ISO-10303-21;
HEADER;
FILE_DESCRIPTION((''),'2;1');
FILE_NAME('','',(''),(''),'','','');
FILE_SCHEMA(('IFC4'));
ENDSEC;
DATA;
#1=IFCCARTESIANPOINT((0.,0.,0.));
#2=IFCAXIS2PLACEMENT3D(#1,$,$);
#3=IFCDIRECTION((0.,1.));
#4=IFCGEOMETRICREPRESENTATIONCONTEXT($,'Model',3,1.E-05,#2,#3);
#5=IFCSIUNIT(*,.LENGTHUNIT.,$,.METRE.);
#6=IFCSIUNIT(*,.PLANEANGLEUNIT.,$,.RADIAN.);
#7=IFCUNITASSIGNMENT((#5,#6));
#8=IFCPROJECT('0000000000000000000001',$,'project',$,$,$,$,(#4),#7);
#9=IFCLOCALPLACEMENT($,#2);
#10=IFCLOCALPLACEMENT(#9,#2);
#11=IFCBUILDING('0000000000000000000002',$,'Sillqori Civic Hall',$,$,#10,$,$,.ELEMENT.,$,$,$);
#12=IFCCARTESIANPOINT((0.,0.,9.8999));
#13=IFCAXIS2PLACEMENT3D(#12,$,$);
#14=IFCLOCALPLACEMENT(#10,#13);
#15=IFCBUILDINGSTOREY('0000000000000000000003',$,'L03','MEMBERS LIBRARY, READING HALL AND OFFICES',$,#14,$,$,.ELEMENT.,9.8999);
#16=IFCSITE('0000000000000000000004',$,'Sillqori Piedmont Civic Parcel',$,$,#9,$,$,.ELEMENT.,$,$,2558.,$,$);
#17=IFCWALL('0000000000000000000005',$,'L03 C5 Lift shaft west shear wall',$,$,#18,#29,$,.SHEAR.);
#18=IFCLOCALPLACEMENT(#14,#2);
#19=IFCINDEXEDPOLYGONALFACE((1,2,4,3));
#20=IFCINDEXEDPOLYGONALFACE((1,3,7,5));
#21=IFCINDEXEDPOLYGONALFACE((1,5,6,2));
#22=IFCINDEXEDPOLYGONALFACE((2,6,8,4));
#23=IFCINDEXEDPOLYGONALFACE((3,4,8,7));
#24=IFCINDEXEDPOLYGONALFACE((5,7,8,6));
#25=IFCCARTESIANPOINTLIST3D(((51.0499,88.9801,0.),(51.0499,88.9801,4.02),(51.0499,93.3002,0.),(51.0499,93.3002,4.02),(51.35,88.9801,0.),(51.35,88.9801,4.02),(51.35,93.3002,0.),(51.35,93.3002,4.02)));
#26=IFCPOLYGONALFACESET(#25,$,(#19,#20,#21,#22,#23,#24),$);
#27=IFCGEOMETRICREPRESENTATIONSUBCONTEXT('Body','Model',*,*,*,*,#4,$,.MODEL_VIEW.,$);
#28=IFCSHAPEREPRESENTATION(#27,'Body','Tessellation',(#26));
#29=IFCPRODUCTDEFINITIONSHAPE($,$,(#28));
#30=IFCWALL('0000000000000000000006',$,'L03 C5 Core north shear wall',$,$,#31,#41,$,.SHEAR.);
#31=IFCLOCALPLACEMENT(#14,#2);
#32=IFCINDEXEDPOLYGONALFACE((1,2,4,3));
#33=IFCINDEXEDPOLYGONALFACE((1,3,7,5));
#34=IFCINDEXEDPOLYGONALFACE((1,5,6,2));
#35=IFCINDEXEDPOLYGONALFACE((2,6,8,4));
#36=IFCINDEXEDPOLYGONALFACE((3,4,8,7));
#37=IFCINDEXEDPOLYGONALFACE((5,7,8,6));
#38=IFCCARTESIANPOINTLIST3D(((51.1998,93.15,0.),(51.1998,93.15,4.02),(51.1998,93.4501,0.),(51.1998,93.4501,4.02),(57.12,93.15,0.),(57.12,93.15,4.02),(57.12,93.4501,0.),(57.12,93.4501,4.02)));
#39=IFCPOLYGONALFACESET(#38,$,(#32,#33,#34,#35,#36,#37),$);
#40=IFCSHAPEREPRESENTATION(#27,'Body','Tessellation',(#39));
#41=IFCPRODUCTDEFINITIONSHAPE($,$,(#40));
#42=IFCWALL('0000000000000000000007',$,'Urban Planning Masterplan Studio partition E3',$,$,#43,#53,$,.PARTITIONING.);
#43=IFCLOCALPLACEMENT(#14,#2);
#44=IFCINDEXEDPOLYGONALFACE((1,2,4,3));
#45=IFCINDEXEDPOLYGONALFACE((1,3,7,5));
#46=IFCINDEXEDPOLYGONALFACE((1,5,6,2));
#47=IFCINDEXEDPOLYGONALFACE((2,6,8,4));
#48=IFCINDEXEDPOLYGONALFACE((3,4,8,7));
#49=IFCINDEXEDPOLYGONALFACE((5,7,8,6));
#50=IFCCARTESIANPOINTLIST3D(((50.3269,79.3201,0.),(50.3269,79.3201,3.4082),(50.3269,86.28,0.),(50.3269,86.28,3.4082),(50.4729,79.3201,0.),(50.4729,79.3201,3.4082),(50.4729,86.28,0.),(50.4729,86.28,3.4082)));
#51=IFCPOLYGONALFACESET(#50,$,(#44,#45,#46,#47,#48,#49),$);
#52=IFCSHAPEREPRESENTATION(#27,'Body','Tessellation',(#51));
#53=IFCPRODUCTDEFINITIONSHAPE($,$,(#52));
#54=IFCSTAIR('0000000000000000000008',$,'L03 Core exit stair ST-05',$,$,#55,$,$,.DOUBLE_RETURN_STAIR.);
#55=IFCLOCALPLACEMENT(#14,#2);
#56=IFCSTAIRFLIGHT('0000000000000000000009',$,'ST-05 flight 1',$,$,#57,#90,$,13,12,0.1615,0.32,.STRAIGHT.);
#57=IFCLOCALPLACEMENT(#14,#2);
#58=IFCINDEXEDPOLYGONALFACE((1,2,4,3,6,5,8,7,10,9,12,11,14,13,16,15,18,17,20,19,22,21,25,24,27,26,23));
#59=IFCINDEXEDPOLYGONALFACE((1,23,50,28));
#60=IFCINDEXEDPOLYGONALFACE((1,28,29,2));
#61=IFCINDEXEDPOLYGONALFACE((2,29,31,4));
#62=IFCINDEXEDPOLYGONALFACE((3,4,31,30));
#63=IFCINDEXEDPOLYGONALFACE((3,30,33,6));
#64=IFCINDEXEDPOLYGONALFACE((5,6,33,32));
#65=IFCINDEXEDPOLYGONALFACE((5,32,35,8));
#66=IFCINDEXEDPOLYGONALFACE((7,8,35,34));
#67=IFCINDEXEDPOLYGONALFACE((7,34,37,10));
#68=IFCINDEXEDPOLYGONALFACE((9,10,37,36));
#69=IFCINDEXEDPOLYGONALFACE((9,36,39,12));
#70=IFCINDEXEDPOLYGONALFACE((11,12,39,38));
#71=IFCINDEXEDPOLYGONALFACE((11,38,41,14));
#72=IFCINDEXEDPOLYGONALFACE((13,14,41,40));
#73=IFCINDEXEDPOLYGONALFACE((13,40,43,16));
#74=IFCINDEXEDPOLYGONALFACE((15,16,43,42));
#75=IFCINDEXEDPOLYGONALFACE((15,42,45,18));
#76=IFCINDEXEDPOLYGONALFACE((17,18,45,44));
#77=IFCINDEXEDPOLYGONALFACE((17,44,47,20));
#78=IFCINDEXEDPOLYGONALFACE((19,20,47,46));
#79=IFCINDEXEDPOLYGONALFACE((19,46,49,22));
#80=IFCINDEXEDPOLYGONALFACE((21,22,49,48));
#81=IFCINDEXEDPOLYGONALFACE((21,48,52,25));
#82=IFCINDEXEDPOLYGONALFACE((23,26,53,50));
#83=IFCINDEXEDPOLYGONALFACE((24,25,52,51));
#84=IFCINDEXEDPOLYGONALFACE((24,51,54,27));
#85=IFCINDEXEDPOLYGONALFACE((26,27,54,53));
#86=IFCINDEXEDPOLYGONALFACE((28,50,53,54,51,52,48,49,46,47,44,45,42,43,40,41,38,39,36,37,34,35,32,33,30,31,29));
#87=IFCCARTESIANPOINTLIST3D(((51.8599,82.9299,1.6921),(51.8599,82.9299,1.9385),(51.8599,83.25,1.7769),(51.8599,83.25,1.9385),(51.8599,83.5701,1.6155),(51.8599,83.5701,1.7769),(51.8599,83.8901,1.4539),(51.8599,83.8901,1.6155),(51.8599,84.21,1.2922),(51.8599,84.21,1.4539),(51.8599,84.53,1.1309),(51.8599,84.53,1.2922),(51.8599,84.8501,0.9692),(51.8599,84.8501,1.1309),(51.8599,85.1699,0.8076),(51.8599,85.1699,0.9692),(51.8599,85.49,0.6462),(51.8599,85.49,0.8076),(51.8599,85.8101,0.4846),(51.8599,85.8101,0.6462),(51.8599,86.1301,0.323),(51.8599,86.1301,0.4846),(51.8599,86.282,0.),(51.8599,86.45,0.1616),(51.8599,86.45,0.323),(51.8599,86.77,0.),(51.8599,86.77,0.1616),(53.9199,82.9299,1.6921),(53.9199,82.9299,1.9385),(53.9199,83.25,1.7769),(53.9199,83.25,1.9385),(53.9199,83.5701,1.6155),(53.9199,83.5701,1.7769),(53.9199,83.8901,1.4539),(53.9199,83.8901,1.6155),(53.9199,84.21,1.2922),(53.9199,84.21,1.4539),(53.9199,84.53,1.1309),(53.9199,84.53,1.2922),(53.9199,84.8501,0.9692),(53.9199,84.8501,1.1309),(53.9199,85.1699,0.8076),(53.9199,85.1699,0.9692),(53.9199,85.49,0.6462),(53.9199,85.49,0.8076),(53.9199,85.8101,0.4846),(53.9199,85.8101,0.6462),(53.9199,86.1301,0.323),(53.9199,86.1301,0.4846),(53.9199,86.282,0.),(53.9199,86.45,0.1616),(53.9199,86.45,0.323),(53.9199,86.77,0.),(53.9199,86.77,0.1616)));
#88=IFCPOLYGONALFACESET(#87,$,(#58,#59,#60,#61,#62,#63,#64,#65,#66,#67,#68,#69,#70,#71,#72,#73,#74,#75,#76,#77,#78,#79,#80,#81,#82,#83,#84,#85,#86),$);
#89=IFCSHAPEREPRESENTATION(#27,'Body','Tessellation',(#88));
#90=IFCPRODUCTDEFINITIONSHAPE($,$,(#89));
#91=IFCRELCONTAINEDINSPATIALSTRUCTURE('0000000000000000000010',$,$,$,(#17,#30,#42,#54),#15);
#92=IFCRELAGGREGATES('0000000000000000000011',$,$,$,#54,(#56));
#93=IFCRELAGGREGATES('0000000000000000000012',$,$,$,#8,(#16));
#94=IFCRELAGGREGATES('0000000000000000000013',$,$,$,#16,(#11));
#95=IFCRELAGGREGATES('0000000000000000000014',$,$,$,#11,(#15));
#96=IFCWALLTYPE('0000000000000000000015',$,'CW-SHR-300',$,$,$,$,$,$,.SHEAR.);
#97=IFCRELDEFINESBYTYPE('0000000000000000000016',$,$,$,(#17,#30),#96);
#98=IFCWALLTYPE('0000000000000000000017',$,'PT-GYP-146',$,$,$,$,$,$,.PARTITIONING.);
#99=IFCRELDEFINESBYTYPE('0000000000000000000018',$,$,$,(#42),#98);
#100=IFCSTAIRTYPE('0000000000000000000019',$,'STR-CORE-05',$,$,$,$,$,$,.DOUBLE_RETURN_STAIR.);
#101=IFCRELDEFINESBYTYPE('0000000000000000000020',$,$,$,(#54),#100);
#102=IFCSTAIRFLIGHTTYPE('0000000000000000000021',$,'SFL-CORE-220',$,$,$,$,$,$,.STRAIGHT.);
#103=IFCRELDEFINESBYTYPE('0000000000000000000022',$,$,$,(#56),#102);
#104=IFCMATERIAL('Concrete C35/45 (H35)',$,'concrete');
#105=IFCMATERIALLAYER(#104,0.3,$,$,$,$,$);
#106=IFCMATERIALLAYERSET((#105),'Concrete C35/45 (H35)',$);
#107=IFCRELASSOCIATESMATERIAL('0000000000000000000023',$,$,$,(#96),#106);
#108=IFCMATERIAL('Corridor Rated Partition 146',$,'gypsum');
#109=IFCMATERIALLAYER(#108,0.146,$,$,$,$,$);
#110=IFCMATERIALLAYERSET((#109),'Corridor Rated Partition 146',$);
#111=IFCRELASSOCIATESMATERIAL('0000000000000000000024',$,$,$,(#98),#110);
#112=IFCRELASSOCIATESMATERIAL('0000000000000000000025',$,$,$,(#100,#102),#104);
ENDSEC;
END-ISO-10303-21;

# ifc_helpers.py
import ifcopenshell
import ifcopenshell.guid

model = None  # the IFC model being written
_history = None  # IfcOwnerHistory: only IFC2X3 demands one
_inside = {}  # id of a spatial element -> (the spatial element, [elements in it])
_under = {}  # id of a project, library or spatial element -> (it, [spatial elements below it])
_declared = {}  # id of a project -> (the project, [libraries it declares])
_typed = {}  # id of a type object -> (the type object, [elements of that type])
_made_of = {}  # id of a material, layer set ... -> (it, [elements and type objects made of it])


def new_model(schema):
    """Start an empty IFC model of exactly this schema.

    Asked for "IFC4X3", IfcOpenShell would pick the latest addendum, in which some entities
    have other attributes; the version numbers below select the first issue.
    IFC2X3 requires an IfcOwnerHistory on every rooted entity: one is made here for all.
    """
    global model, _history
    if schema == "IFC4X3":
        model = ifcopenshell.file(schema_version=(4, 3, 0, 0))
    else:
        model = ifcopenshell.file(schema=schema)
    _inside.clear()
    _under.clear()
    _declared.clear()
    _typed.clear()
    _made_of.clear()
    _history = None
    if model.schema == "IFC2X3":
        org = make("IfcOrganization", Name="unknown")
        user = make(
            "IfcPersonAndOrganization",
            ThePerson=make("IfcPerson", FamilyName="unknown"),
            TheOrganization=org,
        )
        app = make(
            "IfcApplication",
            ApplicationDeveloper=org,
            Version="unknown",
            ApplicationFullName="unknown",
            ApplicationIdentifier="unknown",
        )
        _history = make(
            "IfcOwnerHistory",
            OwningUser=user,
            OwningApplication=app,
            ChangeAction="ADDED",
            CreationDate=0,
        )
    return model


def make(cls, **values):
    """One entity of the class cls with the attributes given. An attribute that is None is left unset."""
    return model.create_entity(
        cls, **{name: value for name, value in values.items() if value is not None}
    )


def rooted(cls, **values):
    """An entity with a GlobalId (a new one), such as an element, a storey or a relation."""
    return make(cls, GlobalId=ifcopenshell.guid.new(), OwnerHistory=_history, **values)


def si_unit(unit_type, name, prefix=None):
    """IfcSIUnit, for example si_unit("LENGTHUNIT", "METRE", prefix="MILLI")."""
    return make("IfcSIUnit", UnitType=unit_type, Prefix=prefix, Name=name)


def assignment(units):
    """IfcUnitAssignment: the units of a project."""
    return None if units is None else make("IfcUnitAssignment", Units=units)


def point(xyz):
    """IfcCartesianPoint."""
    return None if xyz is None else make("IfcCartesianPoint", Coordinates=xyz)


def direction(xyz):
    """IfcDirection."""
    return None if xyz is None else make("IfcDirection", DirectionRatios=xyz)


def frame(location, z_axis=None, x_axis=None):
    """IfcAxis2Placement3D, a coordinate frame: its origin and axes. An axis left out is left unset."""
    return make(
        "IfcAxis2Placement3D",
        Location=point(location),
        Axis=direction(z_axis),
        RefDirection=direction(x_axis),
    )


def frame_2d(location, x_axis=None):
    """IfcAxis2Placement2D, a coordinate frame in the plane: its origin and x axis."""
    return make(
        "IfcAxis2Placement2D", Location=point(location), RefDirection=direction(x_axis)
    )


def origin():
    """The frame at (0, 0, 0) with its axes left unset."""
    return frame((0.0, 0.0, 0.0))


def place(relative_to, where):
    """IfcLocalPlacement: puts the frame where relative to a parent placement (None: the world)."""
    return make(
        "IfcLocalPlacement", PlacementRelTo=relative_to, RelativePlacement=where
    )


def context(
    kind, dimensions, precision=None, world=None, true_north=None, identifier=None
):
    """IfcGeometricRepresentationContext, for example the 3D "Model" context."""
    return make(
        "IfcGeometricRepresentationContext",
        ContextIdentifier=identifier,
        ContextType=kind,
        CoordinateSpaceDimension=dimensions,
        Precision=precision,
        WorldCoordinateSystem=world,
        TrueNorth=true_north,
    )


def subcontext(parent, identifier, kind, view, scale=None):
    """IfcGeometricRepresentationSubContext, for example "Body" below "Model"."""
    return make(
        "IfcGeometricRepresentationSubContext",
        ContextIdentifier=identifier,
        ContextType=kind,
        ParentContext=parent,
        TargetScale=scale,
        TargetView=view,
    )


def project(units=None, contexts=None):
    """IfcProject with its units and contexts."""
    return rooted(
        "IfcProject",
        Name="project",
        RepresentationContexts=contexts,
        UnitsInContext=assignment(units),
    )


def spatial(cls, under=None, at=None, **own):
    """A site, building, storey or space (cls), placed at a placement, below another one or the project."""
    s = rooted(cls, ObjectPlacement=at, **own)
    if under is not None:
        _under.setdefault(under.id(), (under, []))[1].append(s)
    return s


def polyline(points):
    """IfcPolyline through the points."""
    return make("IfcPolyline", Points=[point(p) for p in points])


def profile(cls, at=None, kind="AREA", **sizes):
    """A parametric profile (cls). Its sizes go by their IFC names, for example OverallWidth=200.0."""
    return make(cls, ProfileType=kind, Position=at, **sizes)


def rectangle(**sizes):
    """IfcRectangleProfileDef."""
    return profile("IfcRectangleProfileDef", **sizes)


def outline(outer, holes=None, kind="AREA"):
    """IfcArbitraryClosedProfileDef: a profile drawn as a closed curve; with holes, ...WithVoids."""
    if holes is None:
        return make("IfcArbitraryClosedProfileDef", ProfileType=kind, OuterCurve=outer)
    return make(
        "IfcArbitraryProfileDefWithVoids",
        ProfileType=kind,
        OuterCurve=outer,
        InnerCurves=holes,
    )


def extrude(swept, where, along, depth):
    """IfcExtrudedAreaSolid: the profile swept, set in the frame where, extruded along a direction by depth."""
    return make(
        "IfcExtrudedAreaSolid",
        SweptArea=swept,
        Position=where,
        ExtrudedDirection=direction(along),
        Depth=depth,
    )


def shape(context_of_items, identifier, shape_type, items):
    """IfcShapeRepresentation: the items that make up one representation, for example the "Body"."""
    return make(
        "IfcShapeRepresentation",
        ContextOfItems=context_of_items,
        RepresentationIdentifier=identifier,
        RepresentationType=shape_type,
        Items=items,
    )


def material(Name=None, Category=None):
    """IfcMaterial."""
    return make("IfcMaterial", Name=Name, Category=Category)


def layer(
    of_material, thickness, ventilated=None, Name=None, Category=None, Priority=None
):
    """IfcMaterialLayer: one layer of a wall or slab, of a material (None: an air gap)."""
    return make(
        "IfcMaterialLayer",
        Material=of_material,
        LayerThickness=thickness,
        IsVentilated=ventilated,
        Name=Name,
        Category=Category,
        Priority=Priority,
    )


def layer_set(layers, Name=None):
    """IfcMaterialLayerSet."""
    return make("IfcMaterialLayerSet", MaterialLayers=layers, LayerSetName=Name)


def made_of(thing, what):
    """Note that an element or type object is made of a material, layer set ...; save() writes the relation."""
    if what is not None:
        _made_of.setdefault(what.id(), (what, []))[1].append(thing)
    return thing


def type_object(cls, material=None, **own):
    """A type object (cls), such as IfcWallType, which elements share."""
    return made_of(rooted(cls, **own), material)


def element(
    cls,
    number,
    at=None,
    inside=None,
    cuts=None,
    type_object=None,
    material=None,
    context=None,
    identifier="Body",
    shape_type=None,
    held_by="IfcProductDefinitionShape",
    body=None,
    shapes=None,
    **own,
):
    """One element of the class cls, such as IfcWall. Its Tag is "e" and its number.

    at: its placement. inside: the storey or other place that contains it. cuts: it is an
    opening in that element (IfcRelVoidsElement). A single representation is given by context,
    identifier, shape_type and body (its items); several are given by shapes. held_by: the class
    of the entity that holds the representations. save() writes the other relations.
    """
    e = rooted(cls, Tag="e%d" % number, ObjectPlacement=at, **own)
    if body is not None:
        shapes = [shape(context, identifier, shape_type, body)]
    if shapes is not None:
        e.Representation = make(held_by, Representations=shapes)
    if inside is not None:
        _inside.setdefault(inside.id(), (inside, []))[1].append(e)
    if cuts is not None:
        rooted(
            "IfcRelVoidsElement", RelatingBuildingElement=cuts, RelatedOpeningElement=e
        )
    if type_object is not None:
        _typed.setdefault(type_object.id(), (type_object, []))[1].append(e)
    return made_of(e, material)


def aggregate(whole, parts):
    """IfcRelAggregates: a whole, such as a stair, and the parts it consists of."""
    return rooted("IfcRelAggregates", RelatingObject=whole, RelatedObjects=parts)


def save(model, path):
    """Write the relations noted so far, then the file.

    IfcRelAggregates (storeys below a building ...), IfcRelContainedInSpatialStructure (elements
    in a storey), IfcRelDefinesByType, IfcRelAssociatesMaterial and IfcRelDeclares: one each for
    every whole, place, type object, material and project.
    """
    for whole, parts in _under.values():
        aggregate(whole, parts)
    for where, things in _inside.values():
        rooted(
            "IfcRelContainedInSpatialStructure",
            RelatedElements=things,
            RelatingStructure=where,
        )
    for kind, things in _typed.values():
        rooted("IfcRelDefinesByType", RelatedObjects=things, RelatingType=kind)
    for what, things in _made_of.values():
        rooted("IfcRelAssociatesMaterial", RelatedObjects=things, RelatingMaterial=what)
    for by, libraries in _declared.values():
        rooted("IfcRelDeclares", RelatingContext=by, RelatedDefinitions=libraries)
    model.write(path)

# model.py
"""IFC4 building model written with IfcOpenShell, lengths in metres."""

from ifc_helpers import new_model, si_unit, direction, frame, frame_2d, origin, place, context, subcontext, project, spatial, polyline, rectangle, outline, extrude, material, layer, layer_set, type_object, element, aggregate, save


model = new_model("IFC4")

# Units and contexts
model_context = context("Model", 3, precision=1e-05, world=origin(), true_north=direction((0.0, 1.0)))
body_context = subcontext(model_context, "Body", "Model", "MODEL_VIEW")
ifc_project = project(units=[si_unit("LENGTHUNIT", "METRE"), si_unit("PLANEANGLEUNIT", "RADIAN")], contexts=[model_context])

# Site, building, storey
site_placement = place(None, origin())
site = spatial("IfcSite", under=ifc_project, at=site_placement, Name="Sillqori Piedmont Civic Parcel", CompositionType="ELEMENT", RefElevation=2558.0)
building_placement = place(site_placement, origin())
building = spatial("IfcBuilding", under=site, at=building_placement, Name="Sillqori Civic Hall", CompositionType="ELEMENT")
storey_placement = place(building_placement, frame((0.0, 0.0, 9.8999)))
storey = spatial("IfcBuildingStorey", under=building, at=storey_placement, Name="L03", Description="MEMBERS LIBRARY, READING HALL AND OFFICES", CompositionType="ELEMENT", Elevation=9.8999)

# Shared definitions
ifc_material_1 = material(Name="Concrete C35/45 (H35)", Category="concrete")

# Walls
ifc_layer_1 = layer(ifc_material_1, 0.3)
ifc_layer_set_1 = layer_set([ifc_layer_1], Name="Concrete C35/45 (H35)")
wall_type_1 = type_object("IfcWallType", Name="CW-SHR-300", PredefinedType="SHEAR", material=ifc_layer_set_1)
wall_1_placement = place(storey_placement, frame((51.2, 88.98, 0.0), z_axis=(0.0, 0.0, 1.0), x_axis=(0.0, 1.0, 0.0)))
element("IfcWall", 1, at=wall_1_placement, inside=storey, type_object=wall_type_1, Name="L03 C5 Lift shaft west shear wall", PredefinedType="SHEAR", context=body_context, shape_type="SweptSolid", body=[
    extrude(rectangle(XDim=4.3201, YDim=0.3, at=frame_2d((2.1602, 0.0))), origin(), (0.0, 0.0, 1.0), 4.02),
])
wall_2_placement = place(storey_placement, frame((51.2, 93.3, 0.0), z_axis=(0.0, 0.0, 1.0), x_axis=(1.0, 0.0, 0.0)))
element("IfcWall", 2, at=wall_2_placement, inside=storey, type_object=wall_type_1, Name="L03 C5 Core north shear wall", PredefinedType="SHEAR", context=body_context, shape_type="SweptSolid", body=[
    extrude(rectangle(XDim=5.9202, YDim=0.3, at=frame_2d((2.96, 0.0))), origin(), (0.0, 0.0, 1.0), 4.02),
])
ifc_material_2 = material(Name="Corridor Rated Partition 146", Category="gypsum")
ifc_layer_2 = layer(ifc_material_2, 0.146)
ifc_layer_set_2 = layer_set([ifc_layer_2], Name="Corridor Rated Partition 146")
wall_type_2 = type_object("IfcWallType", Name="PT-GYP-146", PredefinedType="PARTITIONING", material=ifc_layer_set_2)
wall_3_placement = place(storey_placement, frame((50.3999, 86.28, 0.0), z_axis=(0.0, 0.0, 1.0), x_axis=(0.0, -1.0, 0.0)))
element("IfcWall", 3, at=wall_3_placement, inside=storey, type_object=wall_type_2, Name="Urban Planning Masterplan Studio partition E3", PredefinedType="PARTITIONING", context=body_context, shape_type="SweptSolid", body=[
    extrude(rectangle(XDim=6.96, YDim=0.146, at=frame_2d((3.48, 0.0))), origin(), (0.0, 0.0, 1.0), 3.4082),
])

# Stair, stair flight
stair_type = type_object("IfcStairType", Name="STR-CORE-05", PredefinedType="DOUBLE_RETURN_STAIR", material=ifc_material_1)
stair_placement = place(storey_placement, origin())
stair = element("IfcStair", 4, at=stair_placement, inside=storey, type_object=stair_type, Name="L03 Core exit stair ST-05", PredefinedType="DOUBLE_RETURN_STAIR")
stair_flight_type = type_object("IfcStairFlightType", Name="SFL-CORE-220", PredefinedType="STRAIGHT", material=ifc_material_1)
stair_flight_placement = place(storey_placement, frame((52.8899, 86.77, 0.0), z_axis=(0.0, 0.0, 1.0), x_axis=(0.0, -1.0, 0.0)))
stair_flight = element("IfcStairFlight", 5, at=stair_flight_placement, type_object=stair_flight_type, Name="ST-05 flight 1", NumberOfRisers=13, NumberOfTreads=12, PredefinedType="STRAIGHT", RiserHeight=0.1615, TreadLength=0.32, context=body_context, shape_type="SweptSolid", body=[
    extrude(outline(polyline([(0.0, 0.0), (0.0, 0.1616), (0.3201, 0.1616), (0.3201, 0.323), (0.6399, 0.323), (0.6399, 0.4846), (0.96, 0.4846), (0.96, 0.6462), (1.28, 0.6462), (1.28, 0.8076), (1.6001, 0.8076), (1.6001, 0.9692), (1.9199, 0.9692), (1.9199, 1.1309), (2.24, 1.1309), (2.24, 1.2922), (2.5601, 1.2922), (2.5601, 1.4539), (2.8799, 1.4539), (2.8799, 1.6155), (3.2, 1.6155), (3.2, 1.7769), (3.52, 1.7769), (3.52, 1.9385), (3.8401, 1.9385), (3.8401, 2.1001), (3.8401, 1.6921), (0.488, 0.0), (0.0, 0.0)])), frame((0.0, 1.03, 0.0), z_axis=(0.0, -1.0, 0.0), x_axis=(1.0, 0.0, 0.0)), (0.0, 0.0, 1.0), 2.0601),
])
aggregate(stair, [stair_flight])

save(model, "model.ifc")
